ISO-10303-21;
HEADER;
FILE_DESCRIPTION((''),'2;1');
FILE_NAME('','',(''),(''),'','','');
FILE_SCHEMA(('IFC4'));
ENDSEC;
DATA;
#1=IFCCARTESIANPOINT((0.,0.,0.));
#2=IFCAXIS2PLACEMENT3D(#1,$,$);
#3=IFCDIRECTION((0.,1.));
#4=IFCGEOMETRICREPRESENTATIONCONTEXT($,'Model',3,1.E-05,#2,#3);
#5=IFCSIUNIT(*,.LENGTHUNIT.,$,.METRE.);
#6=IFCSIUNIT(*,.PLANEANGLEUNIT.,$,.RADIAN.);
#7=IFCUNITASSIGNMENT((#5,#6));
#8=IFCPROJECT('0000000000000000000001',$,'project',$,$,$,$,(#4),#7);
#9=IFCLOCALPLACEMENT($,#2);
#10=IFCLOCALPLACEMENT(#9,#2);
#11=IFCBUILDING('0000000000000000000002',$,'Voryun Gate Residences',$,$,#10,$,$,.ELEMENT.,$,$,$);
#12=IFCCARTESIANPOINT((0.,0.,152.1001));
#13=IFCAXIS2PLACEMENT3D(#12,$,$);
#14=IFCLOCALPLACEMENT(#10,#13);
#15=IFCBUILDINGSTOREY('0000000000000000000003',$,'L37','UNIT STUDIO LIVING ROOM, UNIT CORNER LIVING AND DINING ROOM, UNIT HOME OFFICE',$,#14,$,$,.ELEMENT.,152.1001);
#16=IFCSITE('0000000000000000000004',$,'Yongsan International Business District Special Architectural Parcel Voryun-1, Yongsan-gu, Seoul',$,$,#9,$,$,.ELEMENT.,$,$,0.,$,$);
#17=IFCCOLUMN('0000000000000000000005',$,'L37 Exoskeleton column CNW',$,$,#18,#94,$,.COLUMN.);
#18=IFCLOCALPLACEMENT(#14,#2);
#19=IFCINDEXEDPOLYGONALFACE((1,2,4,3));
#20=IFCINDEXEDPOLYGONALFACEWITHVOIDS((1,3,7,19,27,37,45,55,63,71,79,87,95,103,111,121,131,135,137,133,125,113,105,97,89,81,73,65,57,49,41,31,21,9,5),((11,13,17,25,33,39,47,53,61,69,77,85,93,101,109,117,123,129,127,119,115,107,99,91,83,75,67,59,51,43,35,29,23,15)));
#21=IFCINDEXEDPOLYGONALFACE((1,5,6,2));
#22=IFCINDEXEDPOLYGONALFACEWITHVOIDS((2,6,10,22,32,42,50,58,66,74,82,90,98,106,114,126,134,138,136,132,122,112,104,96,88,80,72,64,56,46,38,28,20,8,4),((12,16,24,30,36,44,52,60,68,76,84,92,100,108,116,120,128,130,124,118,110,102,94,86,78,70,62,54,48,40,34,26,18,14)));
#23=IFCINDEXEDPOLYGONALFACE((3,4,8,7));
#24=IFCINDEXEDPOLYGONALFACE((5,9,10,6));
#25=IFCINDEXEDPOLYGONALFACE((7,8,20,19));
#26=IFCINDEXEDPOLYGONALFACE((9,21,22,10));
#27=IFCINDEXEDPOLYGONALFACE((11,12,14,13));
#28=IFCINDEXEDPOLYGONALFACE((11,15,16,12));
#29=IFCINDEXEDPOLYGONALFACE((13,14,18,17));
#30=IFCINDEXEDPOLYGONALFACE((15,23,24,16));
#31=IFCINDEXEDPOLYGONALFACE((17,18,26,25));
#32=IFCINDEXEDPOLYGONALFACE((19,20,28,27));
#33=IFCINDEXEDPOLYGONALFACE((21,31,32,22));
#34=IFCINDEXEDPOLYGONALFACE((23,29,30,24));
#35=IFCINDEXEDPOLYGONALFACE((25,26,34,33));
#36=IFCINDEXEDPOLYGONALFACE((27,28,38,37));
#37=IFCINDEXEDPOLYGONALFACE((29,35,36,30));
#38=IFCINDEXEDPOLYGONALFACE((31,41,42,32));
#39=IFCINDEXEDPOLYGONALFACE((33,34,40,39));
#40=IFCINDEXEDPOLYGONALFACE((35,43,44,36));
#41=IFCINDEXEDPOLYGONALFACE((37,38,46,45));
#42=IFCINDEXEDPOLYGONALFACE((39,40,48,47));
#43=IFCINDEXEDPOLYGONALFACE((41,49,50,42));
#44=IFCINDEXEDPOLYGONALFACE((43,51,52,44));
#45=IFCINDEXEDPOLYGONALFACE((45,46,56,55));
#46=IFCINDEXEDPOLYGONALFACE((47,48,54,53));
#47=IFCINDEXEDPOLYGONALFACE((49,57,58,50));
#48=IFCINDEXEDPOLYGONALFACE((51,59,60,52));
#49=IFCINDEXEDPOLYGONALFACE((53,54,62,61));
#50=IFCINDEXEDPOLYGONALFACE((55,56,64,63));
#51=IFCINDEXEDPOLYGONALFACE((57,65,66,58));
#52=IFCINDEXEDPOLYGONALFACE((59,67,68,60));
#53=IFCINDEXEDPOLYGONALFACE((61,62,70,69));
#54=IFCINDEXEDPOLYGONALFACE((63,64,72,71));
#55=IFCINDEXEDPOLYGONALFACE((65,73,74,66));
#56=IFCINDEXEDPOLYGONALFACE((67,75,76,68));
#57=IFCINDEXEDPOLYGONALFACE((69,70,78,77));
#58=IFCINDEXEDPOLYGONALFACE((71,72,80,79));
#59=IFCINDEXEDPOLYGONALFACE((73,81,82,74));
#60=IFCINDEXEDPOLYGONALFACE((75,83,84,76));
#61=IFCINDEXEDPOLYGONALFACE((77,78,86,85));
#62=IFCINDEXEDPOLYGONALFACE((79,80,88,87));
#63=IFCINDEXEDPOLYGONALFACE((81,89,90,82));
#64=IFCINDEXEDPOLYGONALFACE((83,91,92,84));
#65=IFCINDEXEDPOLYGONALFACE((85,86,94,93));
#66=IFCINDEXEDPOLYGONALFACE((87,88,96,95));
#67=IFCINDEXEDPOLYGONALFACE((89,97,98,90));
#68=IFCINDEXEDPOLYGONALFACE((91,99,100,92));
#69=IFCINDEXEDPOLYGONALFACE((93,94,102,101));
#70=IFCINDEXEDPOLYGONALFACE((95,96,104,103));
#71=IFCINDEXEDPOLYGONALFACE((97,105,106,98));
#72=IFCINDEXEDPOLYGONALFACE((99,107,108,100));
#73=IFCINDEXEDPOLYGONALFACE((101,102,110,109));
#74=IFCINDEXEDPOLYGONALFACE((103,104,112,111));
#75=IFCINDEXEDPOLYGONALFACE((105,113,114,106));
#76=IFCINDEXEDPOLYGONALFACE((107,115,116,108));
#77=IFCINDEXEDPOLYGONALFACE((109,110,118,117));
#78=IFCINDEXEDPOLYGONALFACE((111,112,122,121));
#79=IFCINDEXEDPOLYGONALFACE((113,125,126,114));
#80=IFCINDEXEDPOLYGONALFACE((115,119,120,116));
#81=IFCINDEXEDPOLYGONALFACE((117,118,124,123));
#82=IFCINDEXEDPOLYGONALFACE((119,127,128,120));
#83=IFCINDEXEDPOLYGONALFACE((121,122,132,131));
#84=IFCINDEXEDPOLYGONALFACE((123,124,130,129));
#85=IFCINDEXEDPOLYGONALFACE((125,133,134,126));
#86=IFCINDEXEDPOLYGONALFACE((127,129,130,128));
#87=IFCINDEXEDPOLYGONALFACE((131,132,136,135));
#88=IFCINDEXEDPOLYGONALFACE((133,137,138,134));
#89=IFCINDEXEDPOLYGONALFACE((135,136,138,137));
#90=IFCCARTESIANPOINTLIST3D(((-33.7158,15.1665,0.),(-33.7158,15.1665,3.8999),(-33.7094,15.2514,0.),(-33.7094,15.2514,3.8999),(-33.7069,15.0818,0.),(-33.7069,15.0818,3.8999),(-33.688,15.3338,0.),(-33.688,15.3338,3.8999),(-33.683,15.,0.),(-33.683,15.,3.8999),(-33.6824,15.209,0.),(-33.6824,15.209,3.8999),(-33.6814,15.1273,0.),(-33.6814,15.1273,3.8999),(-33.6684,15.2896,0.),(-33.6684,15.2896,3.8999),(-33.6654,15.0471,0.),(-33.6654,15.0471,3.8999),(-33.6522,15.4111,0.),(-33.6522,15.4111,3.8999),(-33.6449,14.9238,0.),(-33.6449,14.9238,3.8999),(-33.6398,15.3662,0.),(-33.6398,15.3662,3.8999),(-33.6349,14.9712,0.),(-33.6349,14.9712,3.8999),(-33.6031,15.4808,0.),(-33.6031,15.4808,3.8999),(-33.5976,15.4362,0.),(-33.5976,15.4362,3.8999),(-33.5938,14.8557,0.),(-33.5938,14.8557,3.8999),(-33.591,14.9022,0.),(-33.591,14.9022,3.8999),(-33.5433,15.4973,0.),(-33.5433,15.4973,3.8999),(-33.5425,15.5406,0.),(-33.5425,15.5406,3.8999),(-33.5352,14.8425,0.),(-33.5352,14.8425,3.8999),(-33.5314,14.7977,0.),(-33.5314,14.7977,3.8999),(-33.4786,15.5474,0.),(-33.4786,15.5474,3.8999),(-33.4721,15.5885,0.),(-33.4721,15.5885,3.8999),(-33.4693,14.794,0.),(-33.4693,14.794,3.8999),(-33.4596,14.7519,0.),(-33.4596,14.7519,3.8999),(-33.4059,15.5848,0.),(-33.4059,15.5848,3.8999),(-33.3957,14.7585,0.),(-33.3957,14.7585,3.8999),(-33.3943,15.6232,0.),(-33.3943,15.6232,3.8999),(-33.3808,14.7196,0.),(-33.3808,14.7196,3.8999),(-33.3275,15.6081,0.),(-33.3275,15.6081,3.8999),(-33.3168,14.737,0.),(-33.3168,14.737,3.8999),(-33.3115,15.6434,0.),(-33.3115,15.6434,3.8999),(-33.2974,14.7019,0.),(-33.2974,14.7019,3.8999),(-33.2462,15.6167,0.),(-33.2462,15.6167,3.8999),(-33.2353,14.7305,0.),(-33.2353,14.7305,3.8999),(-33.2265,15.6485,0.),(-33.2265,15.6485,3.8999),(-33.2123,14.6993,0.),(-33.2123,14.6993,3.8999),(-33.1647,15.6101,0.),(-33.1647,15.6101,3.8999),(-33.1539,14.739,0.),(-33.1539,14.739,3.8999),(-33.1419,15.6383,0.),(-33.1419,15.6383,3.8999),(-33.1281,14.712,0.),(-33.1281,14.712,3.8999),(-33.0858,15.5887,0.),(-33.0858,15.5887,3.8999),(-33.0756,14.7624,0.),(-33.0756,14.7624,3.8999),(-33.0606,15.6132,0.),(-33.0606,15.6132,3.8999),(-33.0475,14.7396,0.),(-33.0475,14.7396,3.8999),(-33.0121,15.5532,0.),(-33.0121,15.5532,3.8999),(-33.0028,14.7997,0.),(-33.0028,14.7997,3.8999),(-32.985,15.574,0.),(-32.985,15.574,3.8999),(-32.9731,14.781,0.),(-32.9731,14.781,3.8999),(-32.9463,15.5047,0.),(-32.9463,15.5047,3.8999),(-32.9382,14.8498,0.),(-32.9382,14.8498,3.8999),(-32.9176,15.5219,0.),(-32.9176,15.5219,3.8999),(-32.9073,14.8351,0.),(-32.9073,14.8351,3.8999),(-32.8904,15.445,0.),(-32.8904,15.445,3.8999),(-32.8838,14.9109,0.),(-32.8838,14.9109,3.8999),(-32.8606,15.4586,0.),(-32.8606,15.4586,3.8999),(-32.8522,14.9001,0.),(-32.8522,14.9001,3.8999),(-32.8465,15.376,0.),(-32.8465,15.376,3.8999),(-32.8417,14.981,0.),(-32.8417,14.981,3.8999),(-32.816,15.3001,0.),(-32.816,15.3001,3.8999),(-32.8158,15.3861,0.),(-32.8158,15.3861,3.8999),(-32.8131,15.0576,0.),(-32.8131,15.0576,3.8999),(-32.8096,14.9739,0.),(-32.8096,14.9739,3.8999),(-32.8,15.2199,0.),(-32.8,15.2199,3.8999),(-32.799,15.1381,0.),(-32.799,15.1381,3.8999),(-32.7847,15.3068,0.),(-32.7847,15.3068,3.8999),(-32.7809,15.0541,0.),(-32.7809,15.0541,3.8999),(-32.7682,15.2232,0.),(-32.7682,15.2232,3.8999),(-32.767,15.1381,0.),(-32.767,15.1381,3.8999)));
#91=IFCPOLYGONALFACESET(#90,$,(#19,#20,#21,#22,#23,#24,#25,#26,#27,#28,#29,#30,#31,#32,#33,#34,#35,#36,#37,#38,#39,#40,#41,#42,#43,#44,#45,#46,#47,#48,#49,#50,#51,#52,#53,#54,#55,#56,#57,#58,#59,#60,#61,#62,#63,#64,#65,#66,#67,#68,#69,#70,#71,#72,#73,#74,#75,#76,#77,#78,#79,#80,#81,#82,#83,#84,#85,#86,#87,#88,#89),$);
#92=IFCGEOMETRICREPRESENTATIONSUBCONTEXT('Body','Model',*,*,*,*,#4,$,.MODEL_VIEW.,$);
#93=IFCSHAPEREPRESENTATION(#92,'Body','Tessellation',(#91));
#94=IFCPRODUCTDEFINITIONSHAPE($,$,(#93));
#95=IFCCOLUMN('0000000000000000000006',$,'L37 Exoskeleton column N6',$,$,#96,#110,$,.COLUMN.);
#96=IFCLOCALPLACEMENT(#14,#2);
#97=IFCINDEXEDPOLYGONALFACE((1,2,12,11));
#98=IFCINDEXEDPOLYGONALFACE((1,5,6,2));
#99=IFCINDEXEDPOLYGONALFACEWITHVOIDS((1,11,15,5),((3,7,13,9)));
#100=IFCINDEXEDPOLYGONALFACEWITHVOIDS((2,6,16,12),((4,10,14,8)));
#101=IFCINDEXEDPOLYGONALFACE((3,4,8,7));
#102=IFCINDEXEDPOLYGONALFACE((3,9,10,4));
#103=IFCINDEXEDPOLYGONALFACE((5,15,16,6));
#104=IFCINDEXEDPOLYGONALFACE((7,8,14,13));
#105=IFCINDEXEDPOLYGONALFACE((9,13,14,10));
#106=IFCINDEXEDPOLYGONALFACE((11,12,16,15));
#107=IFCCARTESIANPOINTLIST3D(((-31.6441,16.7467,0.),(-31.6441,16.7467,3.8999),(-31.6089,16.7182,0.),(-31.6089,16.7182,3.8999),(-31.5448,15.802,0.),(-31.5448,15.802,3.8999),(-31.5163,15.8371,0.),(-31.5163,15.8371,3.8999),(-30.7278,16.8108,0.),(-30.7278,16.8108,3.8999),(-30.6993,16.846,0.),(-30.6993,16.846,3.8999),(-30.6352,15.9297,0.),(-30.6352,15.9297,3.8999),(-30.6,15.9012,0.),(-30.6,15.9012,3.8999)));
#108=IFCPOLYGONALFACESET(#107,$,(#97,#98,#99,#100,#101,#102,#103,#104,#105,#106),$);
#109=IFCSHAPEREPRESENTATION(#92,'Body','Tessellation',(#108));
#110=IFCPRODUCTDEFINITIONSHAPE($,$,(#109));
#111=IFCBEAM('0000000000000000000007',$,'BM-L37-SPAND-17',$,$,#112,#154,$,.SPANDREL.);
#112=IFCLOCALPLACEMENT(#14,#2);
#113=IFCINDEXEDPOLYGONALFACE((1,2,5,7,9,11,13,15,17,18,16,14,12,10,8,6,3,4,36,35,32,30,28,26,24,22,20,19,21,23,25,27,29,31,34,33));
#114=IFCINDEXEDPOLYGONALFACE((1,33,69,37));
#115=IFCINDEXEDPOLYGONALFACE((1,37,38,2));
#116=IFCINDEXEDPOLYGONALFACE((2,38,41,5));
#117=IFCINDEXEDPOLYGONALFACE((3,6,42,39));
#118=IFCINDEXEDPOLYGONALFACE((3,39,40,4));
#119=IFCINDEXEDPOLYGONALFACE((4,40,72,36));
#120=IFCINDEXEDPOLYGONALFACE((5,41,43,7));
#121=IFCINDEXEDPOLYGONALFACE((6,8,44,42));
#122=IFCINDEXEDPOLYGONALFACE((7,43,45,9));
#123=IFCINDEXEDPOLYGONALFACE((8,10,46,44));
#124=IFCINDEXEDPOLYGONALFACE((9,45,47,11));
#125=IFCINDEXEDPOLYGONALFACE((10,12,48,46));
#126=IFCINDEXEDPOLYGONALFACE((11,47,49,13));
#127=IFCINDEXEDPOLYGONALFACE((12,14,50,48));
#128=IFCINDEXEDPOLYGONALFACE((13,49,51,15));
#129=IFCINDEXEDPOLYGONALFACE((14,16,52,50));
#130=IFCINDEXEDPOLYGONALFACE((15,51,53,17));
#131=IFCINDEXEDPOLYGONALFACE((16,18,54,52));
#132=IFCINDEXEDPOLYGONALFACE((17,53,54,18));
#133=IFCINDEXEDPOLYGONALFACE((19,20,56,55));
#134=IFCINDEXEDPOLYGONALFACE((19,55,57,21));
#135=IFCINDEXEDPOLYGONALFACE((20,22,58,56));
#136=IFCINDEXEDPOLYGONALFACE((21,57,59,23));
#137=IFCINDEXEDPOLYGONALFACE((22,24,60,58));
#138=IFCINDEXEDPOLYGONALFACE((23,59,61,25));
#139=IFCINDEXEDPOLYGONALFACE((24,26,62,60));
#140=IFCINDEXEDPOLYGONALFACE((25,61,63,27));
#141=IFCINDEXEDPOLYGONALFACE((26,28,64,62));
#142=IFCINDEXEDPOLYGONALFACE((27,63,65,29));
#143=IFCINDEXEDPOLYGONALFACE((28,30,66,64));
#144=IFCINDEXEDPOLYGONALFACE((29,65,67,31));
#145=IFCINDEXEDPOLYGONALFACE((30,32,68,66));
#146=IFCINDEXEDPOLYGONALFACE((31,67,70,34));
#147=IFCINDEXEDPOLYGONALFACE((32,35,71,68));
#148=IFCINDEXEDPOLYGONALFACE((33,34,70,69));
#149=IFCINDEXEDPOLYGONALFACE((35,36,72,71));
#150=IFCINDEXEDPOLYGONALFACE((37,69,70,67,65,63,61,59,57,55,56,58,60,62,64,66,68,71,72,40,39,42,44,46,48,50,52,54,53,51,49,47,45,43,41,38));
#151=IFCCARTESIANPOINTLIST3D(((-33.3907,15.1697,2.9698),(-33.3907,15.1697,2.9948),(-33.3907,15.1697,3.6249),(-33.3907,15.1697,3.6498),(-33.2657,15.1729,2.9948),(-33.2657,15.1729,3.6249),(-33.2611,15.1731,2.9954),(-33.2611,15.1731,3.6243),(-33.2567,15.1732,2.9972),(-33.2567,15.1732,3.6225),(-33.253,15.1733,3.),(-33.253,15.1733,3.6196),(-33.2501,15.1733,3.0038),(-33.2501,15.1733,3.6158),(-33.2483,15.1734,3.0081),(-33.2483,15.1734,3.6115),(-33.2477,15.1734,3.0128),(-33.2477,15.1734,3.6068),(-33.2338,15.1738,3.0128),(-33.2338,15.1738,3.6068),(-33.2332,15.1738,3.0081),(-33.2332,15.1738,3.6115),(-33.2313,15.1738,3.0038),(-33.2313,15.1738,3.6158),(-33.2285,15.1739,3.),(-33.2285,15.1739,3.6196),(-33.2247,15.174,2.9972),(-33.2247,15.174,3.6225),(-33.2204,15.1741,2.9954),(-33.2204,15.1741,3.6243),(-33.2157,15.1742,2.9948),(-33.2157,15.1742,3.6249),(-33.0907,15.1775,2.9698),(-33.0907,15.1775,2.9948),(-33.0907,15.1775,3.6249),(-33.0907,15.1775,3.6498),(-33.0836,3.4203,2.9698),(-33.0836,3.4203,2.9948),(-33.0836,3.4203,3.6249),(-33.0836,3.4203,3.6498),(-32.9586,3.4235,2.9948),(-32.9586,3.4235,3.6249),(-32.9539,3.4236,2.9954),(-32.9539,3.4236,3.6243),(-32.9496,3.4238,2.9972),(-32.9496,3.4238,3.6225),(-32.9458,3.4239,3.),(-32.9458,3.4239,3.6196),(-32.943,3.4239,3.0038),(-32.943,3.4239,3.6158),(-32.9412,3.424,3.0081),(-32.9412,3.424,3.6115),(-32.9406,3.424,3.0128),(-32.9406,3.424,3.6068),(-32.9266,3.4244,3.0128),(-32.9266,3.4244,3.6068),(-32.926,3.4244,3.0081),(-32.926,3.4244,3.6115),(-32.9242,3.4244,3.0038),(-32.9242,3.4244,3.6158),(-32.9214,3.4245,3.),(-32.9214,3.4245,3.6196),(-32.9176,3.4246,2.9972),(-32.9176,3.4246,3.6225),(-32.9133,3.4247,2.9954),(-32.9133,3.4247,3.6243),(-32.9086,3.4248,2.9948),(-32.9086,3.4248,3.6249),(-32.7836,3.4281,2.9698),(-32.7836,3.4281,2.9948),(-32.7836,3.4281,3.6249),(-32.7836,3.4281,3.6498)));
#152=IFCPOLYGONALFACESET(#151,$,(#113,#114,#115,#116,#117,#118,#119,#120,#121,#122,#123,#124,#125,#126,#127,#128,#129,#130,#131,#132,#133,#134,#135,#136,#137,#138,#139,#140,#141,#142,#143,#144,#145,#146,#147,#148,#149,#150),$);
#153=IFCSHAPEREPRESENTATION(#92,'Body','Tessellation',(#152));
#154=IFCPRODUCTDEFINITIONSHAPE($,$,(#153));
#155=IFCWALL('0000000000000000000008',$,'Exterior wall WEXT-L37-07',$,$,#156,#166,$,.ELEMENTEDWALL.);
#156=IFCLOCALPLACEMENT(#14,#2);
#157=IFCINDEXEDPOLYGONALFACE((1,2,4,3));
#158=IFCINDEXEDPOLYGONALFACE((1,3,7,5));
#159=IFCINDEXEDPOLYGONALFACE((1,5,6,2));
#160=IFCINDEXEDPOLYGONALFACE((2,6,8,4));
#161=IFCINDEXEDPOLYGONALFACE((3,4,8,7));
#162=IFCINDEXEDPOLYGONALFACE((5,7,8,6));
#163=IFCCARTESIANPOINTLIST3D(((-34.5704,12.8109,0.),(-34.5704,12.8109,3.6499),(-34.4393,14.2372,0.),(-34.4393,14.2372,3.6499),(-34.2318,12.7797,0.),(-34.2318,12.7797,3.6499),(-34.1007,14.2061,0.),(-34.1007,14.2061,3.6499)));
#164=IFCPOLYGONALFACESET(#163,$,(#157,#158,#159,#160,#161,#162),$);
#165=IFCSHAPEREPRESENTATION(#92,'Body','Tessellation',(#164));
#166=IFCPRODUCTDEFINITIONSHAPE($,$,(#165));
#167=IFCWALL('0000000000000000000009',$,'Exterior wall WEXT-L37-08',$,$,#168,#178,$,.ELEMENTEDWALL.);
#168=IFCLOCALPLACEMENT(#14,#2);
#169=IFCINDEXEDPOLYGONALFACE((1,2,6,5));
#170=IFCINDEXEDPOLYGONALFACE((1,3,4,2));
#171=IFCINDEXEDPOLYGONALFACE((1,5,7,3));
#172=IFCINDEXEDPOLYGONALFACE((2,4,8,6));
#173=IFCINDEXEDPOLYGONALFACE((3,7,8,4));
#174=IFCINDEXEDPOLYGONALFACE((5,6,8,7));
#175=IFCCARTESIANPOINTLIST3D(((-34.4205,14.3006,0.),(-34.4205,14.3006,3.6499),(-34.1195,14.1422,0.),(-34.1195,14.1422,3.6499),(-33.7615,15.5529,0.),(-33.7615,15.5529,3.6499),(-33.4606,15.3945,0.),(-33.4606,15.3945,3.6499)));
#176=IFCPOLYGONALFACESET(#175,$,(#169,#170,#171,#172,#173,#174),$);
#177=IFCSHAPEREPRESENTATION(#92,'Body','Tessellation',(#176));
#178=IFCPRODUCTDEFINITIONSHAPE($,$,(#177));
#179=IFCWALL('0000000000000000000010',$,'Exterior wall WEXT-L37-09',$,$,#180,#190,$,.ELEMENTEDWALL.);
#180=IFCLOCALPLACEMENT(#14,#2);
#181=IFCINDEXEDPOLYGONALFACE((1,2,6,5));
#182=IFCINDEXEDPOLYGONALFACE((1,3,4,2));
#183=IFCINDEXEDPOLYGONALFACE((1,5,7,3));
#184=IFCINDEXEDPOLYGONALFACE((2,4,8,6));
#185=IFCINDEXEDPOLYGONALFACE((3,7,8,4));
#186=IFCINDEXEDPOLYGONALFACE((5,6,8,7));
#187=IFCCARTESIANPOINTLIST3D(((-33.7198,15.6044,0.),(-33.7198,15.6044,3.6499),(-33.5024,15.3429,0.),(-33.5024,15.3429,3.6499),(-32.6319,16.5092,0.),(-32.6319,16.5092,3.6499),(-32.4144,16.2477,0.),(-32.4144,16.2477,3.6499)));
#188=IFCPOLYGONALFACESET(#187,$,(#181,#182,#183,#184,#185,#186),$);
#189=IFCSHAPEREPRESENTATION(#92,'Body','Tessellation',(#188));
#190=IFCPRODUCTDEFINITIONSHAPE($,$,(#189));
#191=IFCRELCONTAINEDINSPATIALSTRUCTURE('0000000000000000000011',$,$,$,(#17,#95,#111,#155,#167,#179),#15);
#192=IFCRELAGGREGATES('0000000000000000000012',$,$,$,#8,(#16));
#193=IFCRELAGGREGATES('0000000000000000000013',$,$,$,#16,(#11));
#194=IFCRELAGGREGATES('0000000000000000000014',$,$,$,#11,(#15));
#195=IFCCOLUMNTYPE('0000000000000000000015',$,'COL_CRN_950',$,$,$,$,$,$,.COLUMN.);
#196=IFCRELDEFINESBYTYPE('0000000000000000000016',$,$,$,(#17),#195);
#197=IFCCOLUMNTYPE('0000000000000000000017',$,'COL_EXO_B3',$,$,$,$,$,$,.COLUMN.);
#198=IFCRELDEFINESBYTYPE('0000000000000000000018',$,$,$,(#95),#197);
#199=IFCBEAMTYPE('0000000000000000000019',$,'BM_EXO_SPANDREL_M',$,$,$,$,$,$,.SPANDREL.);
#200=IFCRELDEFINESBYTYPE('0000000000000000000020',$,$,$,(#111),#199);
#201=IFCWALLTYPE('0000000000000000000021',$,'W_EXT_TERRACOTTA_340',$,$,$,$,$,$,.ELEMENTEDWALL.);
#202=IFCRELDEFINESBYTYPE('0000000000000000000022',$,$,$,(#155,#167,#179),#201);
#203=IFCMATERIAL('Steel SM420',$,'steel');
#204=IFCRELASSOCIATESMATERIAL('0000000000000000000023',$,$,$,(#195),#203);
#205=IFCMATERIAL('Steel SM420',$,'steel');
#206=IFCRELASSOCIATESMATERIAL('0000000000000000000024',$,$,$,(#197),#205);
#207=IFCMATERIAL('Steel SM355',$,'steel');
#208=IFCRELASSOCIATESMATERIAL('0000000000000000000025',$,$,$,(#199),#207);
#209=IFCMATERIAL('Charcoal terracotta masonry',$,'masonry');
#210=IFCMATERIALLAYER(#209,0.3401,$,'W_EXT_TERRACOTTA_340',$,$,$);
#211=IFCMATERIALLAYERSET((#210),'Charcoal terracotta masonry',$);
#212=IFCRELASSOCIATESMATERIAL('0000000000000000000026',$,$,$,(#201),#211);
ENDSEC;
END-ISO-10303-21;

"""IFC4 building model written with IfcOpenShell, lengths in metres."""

from ifc_helpers import new_model, si_unit, direction, frame, frame_2d, origin, origin_2d, place, context, subcontext, project, spatial, rectangle, hollow_rectangle, hollow_circle, i_section, extrude, material, layer, layer_set, material_profile, profile_set, type_object, element, save


model = new_model("IFC4")

# Units and contexts
model_context = context("Model", 3, precision=1e-05, world=origin(), true_north=direction((0.0, 1.0)))
body_context = subcontext(model_context, "Body", "Model", "MODEL_VIEW")
ifc_project = project(units=[si_unit("LENGTHUNIT", "METRE"), si_unit("PLANEANGLEUNIT", "RADIAN")], contexts=[model_context])

# Site, building, storey
site_placement = place(None, origin())
site = spatial("IfcSite", under=ifc_project, at=site_placement, Name="Yongsan International Business District Special Architectural Parcel Voryun-1, Yongsan-gu, Seoul", CompositionType="ELEMENT", RefElevation=0.0)
building_placement = place(site_placement, origin())
building = spatial("IfcBuilding", under=site, at=building_placement, Name="Voryun Gate Residences", CompositionType="ELEMENT")
storey_placement = place(building_placement, frame((0.0, 0.0, 152.1001)))
storey = spatial("IfcBuildingStorey", under=building, at=storey_placement, Name="L37", Description="UNIT STUDIO LIVING ROOM, UNIT CORNER LIVING AND DINING ROOM, UNIT HOME OFFICE", CompositionType="ELEMENT", Elevation=152.1001)

# Columns
ifc_material_1 = material(Name="Steel SM420", Category="steel")
ifc_material_profile_1 = material_profile(ifc_material_1, hollow_circle(Radius=0.4751, WallThickness=0.032, at=origin_2d()), Name="CHS-950x32")
ifc_profile_set_1 = profile_set([ifc_material_profile_1], Name="Steel SM420")
column_type_1 = type_object("IfcColumnType", Name="COL_CRN_950", PredefinedType="COLUMN", material=ifc_profile_set_1)
column_1_placement = place(storey_placement, frame((-33.2407, 15.1736, 0.0), z_axis=(0.0, 0.0, 1.0), x_axis=(0.994522, 0.104528, 0.0)))
element("IfcColumn", 1, at=column_1_placement, inside=storey, type_object=column_type_1, Name="L37 Exoskeleton column CNW", PredefinedType="COLUMN", context=body_context, shape_type="SweptSolid", body=[
    extrude(hollow_circle(Radius=0.4751, WallThickness=0.032, at=origin_2d()), origin(), (0.0, 0.0, 1.0), 3.8999),
])
ifc_material_2 = material(Name="Steel SM420", Category="steel")
ifc_material_profile_2 = material_profile(ifc_material_2, hollow_rectangle(XDim=0.95, YDim=0.95, WallThickness=0.032, at=origin_2d()), Name="BOX-950x950x32")
ifc_profile_set_2 = profile_set([ifc_material_profile_2], Name="Steel SM420")
column_type_2 = type_object("IfcColumnType", Name="COL_EXO_B3", PredefinedType="COLUMN", material=ifc_profile_set_2)
column_2_placement = place(storey_placement, frame((-31.1221, 16.324, 0.0), z_axis=(0.0, 0.0, 1.0), x_axis=(0.994522, 0.104528, 0.0)))
element("IfcColumn", 2, at=column_2_placement, inside=storey, type_object=column_type_2, Name="L37 Exoskeleton column N6", PredefinedType="COLUMN", context=body_context, shape_type="SweptSolid", body=[
    extrude(hollow_rectangle(XDim=0.95, YDim=0.95, WallThickness=0.032, at=origin_2d()), origin(), (0.0, 0.0, 1.0), 3.8999),
])

# Beam
ifc_material_3 = material(Name="Steel SM355", Category="steel")
ifc_material_profile_3 = material_profile(ifc_material_3, i_section(OverallWidth=0.3, OverallDepth=0.6799, WebThickness=0.0139, FlangeThickness=0.0249, FilletRadius=0.0181, at=origin_2d()), Name="H-680x300x14x25")
ifc_profile_set_3 = profile_set([ifc_material_profile_3], Name="Steel SM355")
beam_type = type_object("IfcBeamType", Name="BM_EXO_SPANDREL_M", PredefinedType="SPANDREL", material=ifc_profile_set_3)
beam_placement = place(storey_placement, frame((-33.2407, 15.1736, 3.3098), z_axis=(0.026131, -0.999659, 0.0), x_axis=(0.999659, 0.026131, 0.0)))
element("IfcBeam", 3, at=beam_placement, inside=storey, type_object=beam_type, Name="BM-L37-SPAND-17", PredefinedType="SPANDREL", context=body_context, shape_type="SweptSolid", body=[
    extrude(i_section(OverallWidth=0.3, OverallDepth=0.6799, WebThickness=0.0139, FlangeThickness=0.0249, FilletRadius=0.0181, at=origin_2d()), origin(), (0.0, 0.0, 1.0), 11.7534),
])

# Walls
ifc_material_4 = material(Name="Charcoal terracotta masonry", Category="masonry")
ifc_layer_1 = layer(ifc_material_4, 0.3401, Name="W_EXT_TERRACOTTA_340")
ifc_layer_set_1 = layer_set([ifc_layer_1], Name="Charcoal terracotta masonry")
wall_type_1 = type_object("IfcWallType", Name="W_EXT_TERRACOTTA_340", PredefinedType="ELEMENTEDWALL", material=ifc_layer_set_1)
wall_1_placement = place(storey_placement, frame((-34.4011, 12.7952, 0.0), z_axis=(0.0, 0.0, 1.0), x_axis=(0.091535, 0.995802, 0.0)))
element("IfcWall", 4, at=wall_1_placement, inside=storey, type_object=wall_type_1, Name="Exterior wall WEXT-L37-07", PredefinedType="ELEMENTEDWALL", context=body_context, shape_type="SweptSolid", body=[
    extrude(rectangle(XDim=1.4324, YDim=0.3401, at=frame_2d((0.7163, 0.0))), origin(), (0.0, 0.0, 1.0), 3.6499),
])
for number, where, z_axis, x_axis, name in (
    (5, (-34.27, 14.2214, 0.0), (0.0, 0.0, 1.0), (0.465682, 0.884952, 0.0), "Exterior wall WEXT-L37-08"),
    (6, (-33.6111, 15.4736, 0.0), (0.0, 0.0, 1.0), (0.768843, 0.639437, 0.0), "Exterior wall WEXT-L37-09"),
):
    element("IfcWall", number, at=place(storey_placement, frame(where, z_axis=z_axis, x_axis=x_axis)), inside=storey, type_object=wall_type_1, Name=name, PredefinedType="ELEMENTEDWALL", context=body_context, shape_type="SweptSolid", body=[
        extrude(rectangle(XDim=1.415, YDim=0.3401, at=frame_2d((0.7075, 0.0))), origin(), (0.0, 0.0, 1.0), 3.6499),
    ])

save(model, "model.ifc")
